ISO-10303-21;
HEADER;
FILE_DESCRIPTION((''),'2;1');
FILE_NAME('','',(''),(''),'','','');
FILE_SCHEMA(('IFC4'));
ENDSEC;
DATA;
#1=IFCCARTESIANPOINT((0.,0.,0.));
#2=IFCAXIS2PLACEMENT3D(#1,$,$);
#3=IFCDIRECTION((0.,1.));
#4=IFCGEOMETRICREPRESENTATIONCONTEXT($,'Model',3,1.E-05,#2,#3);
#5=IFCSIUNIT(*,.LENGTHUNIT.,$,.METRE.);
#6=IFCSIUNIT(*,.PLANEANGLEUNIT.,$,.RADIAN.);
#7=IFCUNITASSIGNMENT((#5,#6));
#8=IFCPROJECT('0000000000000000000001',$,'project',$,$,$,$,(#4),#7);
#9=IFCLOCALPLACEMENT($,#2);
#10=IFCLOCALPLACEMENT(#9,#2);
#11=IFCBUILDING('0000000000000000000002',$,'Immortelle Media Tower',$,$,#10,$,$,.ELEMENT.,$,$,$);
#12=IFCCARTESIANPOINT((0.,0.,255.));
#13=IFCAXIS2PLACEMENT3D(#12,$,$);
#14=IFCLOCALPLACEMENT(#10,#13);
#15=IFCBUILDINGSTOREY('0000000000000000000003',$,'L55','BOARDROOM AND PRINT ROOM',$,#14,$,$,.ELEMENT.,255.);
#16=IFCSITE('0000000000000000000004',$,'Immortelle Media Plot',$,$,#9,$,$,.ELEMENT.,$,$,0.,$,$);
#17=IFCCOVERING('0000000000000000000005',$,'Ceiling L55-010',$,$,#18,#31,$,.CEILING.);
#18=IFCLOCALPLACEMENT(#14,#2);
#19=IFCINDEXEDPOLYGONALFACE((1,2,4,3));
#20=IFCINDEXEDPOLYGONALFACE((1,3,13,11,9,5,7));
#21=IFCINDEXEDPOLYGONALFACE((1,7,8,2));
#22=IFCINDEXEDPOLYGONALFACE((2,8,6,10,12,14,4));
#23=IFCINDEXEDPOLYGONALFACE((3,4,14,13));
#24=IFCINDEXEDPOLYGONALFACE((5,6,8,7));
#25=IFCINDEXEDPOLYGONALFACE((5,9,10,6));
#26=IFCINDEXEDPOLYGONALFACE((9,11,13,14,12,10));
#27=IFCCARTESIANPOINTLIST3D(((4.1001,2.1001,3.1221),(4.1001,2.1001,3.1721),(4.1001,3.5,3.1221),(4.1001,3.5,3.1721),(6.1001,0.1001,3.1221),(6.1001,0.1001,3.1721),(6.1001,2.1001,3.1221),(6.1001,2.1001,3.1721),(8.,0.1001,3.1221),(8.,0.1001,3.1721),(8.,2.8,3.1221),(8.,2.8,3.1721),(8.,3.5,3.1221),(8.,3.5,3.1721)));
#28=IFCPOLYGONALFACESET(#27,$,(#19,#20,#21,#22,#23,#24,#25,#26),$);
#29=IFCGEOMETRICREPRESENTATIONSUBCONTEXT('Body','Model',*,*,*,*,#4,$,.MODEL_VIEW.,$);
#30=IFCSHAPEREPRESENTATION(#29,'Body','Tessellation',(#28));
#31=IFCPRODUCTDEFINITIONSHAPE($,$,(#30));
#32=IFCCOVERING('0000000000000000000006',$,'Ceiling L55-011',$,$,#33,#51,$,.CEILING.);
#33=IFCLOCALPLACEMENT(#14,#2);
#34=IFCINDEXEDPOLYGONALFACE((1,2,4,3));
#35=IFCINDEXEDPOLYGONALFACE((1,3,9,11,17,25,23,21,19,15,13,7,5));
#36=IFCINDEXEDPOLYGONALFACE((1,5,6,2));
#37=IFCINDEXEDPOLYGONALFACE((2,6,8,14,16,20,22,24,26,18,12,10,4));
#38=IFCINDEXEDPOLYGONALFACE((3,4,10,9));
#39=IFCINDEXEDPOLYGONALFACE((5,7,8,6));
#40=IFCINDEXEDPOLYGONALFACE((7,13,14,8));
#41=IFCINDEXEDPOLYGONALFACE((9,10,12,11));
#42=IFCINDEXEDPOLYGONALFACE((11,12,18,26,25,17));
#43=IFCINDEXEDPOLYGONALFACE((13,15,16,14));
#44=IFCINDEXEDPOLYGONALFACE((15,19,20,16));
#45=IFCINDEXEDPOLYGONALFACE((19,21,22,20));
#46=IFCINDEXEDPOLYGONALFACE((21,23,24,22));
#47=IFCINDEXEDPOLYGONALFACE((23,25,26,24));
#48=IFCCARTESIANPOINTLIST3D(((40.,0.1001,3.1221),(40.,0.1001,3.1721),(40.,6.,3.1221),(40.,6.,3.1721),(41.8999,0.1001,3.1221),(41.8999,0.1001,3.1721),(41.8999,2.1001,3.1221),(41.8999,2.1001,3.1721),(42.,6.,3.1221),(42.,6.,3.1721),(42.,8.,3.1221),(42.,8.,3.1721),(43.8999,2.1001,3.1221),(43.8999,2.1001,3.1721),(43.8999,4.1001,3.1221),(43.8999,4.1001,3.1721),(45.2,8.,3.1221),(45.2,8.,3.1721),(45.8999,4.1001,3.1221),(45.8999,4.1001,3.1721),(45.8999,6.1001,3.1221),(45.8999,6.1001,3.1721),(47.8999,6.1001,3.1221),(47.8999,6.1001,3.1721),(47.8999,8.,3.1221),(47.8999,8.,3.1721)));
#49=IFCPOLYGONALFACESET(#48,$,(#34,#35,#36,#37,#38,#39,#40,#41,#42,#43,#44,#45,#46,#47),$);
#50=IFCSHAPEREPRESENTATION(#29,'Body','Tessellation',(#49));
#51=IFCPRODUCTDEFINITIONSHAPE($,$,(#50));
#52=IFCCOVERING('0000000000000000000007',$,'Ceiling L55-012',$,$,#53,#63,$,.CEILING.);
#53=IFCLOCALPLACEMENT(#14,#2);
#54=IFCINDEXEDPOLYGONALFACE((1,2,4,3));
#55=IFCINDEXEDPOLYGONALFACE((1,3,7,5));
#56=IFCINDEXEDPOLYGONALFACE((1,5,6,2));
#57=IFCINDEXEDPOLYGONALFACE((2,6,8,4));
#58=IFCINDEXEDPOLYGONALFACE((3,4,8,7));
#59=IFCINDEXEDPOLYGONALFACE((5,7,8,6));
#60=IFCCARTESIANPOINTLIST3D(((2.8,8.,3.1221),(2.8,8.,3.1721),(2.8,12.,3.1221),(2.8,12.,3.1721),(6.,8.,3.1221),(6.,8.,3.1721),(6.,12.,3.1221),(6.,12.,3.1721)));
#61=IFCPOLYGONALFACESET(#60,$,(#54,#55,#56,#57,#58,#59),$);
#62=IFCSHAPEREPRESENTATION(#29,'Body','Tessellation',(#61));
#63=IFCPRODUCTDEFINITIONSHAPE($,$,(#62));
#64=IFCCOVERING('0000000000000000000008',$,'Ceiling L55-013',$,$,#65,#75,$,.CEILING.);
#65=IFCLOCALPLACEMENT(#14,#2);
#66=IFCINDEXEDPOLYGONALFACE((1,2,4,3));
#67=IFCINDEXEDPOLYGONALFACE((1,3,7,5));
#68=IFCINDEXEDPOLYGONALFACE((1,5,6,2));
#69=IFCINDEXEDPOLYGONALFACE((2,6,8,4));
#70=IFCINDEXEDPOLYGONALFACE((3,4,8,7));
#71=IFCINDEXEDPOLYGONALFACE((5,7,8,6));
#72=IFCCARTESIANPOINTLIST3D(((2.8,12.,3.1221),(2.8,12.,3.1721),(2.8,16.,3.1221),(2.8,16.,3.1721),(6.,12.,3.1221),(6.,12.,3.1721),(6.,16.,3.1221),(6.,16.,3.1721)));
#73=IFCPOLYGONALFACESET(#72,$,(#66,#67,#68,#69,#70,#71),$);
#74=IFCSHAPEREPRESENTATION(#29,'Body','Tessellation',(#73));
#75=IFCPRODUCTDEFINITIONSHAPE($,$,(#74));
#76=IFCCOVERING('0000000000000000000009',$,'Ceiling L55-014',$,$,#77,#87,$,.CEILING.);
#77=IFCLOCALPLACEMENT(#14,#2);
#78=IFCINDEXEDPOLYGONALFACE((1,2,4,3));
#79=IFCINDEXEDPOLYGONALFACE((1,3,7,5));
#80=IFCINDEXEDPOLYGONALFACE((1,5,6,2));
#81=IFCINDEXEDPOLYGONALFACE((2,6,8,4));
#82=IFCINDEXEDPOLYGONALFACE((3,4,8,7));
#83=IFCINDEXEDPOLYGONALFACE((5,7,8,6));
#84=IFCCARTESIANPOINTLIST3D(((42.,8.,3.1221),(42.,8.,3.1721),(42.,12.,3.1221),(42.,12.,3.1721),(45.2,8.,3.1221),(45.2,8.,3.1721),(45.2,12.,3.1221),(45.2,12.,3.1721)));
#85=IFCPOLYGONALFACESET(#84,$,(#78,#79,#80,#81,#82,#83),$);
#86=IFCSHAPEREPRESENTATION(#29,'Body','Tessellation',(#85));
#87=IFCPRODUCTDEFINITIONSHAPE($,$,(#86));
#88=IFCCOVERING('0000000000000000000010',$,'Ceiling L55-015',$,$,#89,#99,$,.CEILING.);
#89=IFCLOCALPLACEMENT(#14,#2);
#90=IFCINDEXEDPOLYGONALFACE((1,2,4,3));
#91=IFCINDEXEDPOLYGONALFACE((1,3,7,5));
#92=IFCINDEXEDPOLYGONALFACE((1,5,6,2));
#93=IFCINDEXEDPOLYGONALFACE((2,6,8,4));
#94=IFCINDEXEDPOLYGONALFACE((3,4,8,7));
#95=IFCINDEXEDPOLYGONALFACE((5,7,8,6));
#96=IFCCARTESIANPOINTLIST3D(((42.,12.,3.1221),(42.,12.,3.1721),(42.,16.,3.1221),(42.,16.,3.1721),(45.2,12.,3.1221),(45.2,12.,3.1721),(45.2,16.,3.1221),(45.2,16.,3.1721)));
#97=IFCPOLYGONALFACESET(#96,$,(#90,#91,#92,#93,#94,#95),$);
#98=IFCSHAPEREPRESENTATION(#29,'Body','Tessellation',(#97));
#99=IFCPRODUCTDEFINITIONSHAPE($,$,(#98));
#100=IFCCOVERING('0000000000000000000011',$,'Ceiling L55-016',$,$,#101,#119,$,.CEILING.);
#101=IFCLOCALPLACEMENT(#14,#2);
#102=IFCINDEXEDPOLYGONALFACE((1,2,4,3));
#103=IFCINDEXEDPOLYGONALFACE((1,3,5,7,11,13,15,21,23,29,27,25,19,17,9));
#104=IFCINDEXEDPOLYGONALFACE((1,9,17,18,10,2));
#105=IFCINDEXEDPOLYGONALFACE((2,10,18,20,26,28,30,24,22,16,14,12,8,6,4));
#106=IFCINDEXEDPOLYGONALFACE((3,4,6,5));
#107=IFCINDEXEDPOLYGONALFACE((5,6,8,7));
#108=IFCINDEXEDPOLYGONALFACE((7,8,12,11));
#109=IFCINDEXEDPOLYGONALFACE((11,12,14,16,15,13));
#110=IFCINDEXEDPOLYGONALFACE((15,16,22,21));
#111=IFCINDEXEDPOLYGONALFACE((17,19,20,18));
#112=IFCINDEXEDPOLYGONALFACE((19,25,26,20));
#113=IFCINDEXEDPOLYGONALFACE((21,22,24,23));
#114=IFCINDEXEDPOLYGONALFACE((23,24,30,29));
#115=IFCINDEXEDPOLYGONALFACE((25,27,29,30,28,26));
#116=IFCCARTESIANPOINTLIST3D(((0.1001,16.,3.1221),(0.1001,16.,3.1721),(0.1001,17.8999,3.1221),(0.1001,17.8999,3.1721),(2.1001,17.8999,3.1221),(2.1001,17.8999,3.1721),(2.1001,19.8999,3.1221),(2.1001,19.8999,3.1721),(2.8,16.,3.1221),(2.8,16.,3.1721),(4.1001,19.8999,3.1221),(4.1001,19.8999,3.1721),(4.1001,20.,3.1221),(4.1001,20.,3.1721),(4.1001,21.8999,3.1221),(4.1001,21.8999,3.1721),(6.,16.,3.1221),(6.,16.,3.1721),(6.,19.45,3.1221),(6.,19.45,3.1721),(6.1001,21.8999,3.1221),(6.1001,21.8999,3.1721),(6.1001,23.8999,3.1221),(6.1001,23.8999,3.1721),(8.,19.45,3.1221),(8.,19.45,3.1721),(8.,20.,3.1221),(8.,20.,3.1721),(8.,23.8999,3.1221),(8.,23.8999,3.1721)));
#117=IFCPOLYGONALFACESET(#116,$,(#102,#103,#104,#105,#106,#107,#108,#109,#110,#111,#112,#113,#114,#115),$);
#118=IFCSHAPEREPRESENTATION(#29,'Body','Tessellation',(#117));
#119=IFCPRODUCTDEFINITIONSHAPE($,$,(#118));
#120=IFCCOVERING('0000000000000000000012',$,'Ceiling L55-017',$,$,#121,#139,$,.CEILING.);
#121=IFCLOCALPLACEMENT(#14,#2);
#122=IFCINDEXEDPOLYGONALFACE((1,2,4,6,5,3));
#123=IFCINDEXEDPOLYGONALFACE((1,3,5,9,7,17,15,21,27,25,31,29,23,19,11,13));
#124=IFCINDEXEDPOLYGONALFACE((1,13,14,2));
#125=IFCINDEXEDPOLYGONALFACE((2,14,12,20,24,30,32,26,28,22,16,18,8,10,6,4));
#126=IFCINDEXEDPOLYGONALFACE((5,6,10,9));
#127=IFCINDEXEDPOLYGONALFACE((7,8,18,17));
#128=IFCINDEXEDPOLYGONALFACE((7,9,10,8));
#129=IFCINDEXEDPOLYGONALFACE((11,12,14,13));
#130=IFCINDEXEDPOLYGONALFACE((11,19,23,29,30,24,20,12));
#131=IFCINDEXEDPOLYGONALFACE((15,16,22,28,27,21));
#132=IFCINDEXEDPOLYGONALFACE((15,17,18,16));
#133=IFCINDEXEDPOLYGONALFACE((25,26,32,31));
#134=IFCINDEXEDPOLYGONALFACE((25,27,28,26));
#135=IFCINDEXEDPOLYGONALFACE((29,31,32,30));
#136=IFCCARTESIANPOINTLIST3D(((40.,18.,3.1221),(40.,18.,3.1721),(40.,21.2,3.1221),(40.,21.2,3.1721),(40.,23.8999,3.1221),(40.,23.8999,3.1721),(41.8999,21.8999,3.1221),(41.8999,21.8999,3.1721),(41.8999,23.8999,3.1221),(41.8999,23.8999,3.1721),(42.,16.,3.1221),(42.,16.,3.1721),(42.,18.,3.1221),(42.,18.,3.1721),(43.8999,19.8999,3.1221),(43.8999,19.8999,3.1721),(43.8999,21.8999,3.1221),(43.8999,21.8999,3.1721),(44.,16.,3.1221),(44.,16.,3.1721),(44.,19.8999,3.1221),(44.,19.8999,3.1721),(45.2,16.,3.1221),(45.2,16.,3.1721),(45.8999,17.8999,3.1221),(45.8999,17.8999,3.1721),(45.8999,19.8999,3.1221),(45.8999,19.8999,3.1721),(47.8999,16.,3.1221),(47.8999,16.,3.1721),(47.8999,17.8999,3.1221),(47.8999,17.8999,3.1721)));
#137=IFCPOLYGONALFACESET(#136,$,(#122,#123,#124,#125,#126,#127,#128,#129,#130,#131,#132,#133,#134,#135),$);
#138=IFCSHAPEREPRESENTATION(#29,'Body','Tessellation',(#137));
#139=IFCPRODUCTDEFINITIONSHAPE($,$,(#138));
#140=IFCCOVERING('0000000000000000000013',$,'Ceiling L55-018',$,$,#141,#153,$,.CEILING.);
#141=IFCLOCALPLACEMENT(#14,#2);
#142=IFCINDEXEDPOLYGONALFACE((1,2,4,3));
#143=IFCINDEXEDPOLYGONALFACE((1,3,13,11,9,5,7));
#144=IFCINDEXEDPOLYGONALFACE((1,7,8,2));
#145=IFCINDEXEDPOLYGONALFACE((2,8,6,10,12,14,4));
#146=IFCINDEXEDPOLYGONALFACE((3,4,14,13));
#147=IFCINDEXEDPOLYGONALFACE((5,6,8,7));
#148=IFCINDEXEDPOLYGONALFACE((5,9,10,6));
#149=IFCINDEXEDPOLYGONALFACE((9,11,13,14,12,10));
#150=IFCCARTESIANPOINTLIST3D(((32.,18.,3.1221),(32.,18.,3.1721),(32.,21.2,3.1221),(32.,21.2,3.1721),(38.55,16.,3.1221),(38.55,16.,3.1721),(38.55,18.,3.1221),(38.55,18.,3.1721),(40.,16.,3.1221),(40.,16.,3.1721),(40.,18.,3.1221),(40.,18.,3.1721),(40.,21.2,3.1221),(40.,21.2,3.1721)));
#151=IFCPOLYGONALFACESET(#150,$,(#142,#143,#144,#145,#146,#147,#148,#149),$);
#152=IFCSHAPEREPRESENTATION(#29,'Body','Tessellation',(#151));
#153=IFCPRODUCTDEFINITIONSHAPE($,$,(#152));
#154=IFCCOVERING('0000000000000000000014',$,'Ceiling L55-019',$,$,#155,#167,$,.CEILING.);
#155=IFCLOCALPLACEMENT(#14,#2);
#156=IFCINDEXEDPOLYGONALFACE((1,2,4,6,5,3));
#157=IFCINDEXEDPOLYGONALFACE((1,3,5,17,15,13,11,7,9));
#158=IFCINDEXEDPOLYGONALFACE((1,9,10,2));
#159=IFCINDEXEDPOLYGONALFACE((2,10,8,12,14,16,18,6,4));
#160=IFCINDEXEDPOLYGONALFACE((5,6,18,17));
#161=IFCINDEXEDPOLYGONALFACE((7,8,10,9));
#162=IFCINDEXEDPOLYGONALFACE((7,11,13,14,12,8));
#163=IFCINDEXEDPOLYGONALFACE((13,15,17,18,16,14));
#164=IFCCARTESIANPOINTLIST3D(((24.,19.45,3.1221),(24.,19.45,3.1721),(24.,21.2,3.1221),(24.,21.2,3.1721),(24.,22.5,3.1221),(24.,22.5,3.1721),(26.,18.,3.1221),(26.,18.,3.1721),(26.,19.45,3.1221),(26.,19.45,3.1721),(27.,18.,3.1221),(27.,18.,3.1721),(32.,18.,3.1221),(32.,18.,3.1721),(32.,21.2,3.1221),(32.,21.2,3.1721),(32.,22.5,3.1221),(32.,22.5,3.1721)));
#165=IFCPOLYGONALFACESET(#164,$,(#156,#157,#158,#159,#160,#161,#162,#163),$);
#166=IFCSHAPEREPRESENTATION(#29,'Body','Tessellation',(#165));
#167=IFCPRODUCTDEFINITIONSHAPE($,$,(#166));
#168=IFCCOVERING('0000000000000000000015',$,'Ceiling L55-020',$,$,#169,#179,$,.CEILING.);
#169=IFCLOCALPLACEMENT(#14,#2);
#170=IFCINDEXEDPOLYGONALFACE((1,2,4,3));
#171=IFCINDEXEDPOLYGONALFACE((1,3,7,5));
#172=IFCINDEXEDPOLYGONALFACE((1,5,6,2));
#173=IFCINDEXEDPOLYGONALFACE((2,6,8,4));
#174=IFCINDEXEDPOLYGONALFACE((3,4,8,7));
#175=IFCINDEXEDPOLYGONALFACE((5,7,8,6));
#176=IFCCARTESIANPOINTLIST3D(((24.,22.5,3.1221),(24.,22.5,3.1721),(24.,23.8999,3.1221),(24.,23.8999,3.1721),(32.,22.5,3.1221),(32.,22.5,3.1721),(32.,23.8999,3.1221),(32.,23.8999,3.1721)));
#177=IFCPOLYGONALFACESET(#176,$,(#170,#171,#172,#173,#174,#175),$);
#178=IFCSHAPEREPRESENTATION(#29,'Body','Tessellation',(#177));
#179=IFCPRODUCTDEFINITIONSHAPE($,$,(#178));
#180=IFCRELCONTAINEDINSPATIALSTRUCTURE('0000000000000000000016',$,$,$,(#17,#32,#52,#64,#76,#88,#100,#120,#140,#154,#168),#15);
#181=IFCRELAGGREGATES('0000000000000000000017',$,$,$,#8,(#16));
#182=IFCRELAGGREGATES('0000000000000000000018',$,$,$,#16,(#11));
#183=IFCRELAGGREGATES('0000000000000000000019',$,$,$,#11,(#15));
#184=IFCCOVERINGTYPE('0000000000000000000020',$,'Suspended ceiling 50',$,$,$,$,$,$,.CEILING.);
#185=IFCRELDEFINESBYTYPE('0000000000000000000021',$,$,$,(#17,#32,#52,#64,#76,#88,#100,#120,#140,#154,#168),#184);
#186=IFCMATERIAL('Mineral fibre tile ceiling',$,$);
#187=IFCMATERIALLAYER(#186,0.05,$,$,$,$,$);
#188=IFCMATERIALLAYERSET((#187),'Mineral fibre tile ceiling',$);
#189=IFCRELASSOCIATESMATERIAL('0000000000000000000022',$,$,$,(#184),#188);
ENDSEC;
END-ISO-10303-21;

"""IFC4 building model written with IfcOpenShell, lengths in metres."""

from ifc_helpers import new_model, si_unit, direction, frame, origin, place, context, subcontext, project, spatial, polyline, outline, extrude, material, layer, layer_set, type_object, element, save


model = new_model("IFC4")

# Units and contexts
model_context = context("Model", 3, precision=1e-05, world=origin(), true_north=direction((0.0, 1.0)))
body_context = subcontext(model_context, "Body", "Model", "MODEL_VIEW")
ifc_project = project(units=[si_unit("LENGTHUNIT", "METRE"), si_unit("PLANEANGLEUNIT", "RADIAN")], contexts=[model_context])

# Site, building, storey
site_placement = place(None, origin())
site = spatial("IfcSite", under=ifc_project, at=site_placement, Name="Immortelle Media Plot", CompositionType="ELEMENT", RefElevation=0.0)
building_placement = place(site_placement, origin())
building = spatial("IfcBuilding", under=site, at=building_placement, Name="Immortelle Media Tower", CompositionType="ELEMENT")
storey_placement = place(building_placement, frame((0.0, 0.0, 255.0)))
storey = spatial("IfcBuildingStorey", under=building, at=storey_placement, Name="L55", Description="BOARDROOM AND PRINT ROOM", CompositionType="ELEMENT", Elevation=255.0)

# Coverings
ifc_material_1 = material(Name="Mineral fibre tile ceiling")
ifc_layer_1 = layer(ifc_material_1, 0.05)
ifc_layer_set_1 = layer_set([ifc_layer_1], Name="Mineral fibre tile ceiling")
covering_type = type_object("IfcCoveringType", Name="Suspended ceiling 50", PredefinedType="CEILING", material=ifc_layer_set_1)
covering_1_placement = place(storey_placement, frame((0.0, 0.0, 3.1221)))
element("IfcCovering", 1, at=covering_1_placement, inside=storey, type_object=covering_type, Name="Ceiling L55-010", PredefinedType="CEILING", context=body_context, shape_type="SweptSolid", body=[
    extrude(outline(polyline([(4.1001, 3.5), (8.0, 3.5), (8.0, 2.8), (8.0, 0.1001), (6.1001, 0.1001), (6.1001, 2.1001), (4.1001, 2.1001), (4.1001, 3.5)])), origin(), (0.0, 0.0, 1.0), 0.05),
])
covering_2_placement = place(storey_placement, frame((0.0, 0.0, 3.1221)))
element("IfcCovering", 2, at=covering_2_placement, inside=storey, type_object=covering_type, Name="Ceiling L55-011", PredefinedType="CEILING", context=body_context, shape_type="SweptSolid", body=[
    extrude(outline(polyline([(45.8999, 6.1001), (45.8999, 4.1001), (43.8999, 4.1001), (43.8999, 2.1001), (41.8999, 2.1001), (41.8999, 0.1001), (40.0, 0.1001), (40.0, 6.0), (42.0, 6.0), (42.0, 8.0), (45.2, 8.0), (47.8999, 8.0), (47.8999, 6.1001), (45.8999, 6.1001)])), origin(), (0.0, 0.0, 1.0), 0.05),
])
covering_3_placement = place(storey_placement, frame((0.0, 0.0, 3.1221)))
element("IfcCovering", 3, at=covering_3_placement, inside=storey, type_object=covering_type, Name="Ceiling L55-012", PredefinedType="CEILING", context=body_context, shape_type="SweptSolid", body=[
    extrude(outline(polyline([(2.8, 8.0), (2.8, 12.0), (6.0, 12.0), (6.0, 8.0), (2.8, 8.0)])), origin(), (0.0, 0.0, 1.0), 0.05),
])
covering_4_placement = place(storey_placement, frame((0.0, 0.0, 3.1221)))
element("IfcCovering", 4, at=covering_4_placement, inside=storey, type_object=covering_type, Name="Ceiling L55-013", PredefinedType="CEILING", context=body_context, shape_type="SweptSolid", body=[
    extrude(outline(polyline([(2.8, 16.0), (6.0, 16.0), (6.0, 12.0), (2.8, 12.0), (2.8, 16.0)])), origin(), (0.0, 0.0, 1.0), 0.05),
])
covering_5_placement = place(storey_placement, frame((0.0, 0.0, 3.1221)))
element("IfcCovering", 5, at=covering_5_placement, inside=storey, type_object=covering_type, Name="Ceiling L55-014", PredefinedType="CEILING", context=body_context, shape_type="SweptSolid", body=[
    extrude(outline(polyline([(42.0, 8.0), (42.0, 12.0), (45.2, 12.0), (45.2, 8.0), (42.0, 8.0)])), origin(), (0.0, 0.0, 1.0), 0.05),
])
covering_6_placement = place(storey_placement, frame((0.0, 0.0, 3.1221)))
element("IfcCovering", 6, at=covering_6_placement, inside=storey, type_object=covering_type, Name="Ceiling L55-015", PredefinedType="CEILING", context=body_context, shape_type="SweptSolid", body=[
    extrude(outline(polyline([(42.0, 16.0), (45.2, 16.0), (45.2, 12.0), (42.0, 12.0), (42.0, 16.0)])), origin(), (0.0, 0.0, 1.0), 0.05),
])
covering_7_placement = place(storey_placement, frame((0.0, 0.0, 3.1221)))
element("IfcCovering", 7, at=covering_7_placement, inside=storey, type_object=covering_type, Name="Ceiling L55-016", PredefinedType="CEILING", context=body_context, shape_type="SweptSolid", body=[
    extrude(outline(polyline([(2.8, 16.0), (0.1001, 16.0), (0.1001, 17.8999), (2.1001, 17.8999), (2.1001, 19.8999), (4.1001, 19.8999), (4.1001, 20.0), (4.1001, 21.8999), (6.1001, 21.8999), (6.1001, 23.8999), (8.0, 23.8999), (8.0, 20.0), (8.0, 19.45), (6.0, 19.45), (6.0, 16.0), (2.8, 16.0)])), origin(), (0.0, 0.0, 1.0), 0.05),
])
covering_8_placement = place(storey_placement, frame((0.0, 0.0, 3.1221)))
element("IfcCovering", 8, at=covering_8_placement, inside=storey, type_object=covering_type, Name="Ceiling L55-017", PredefinedType="CEILING", context=body_context, shape_type="SweptSolid", body=[
    extrude(outline(polyline([(45.8999, 19.8999), (45.8999, 17.8999), (47.8999, 17.8999), (47.8999, 16.0), (45.2, 16.0), (44.0, 16.0), (42.0, 16.0), (42.0, 18.0), (40.0, 18.0), (40.0, 21.2), (40.0, 23.8999), (41.8999, 23.8999), (41.8999, 21.8999), (43.8999, 21.8999), (43.8999, 19.8999), (44.0, 19.8999), (45.8999, 19.8999)])), origin(), (0.0, 0.0, 1.0), 0.05),
])
covering_9_placement = place(storey_placement, frame((0.0, 0.0, 3.1221)))
element("IfcCovering", 9, at=covering_9_placement, inside=storey, type_object=covering_type, Name="Ceiling L55-018", PredefinedType="CEILING", context=body_context, shape_type="SweptSolid", body=[
    extrude(outline(polyline([(38.55, 16.0), (38.55, 18.0), (32.0, 18.0), (32.0, 21.2), (40.0, 21.2), (40.0, 18.0), (40.0, 16.0), (38.55, 16.0)])), origin(), (0.0, 0.0, 1.0), 0.05),
])
covering_10_placement = place(storey_placement, frame((0.0, 0.0, 3.1221)))
element("IfcCovering", 10, at=covering_10_placement, inside=storey, type_object=covering_type, Name="Ceiling L55-019", PredefinedType="CEILING", context=body_context, shape_type="SweptSolid", body=[
    extrude(outline(polyline([(26.0, 18.0), (26.0, 19.45), (24.0, 19.45), (24.0, 21.2), (24.0, 22.5), (32.0, 22.5), (32.0, 21.2), (32.0, 18.0), (27.0, 18.0), (26.0, 18.0)])), origin(), (0.0, 0.0, 1.0), 0.05),
])
covering_11_placement = place(storey_placement, frame((0.0, 0.0, 3.1221)))
element("IfcCovering", 11, at=covering_11_placement, inside=storey, type_object=covering_type, Name="Ceiling L55-020", PredefinedType="CEILING", context=body_context, shape_type="SweptSolid", body=[
    extrude(outline(polyline([(24.0, 23.8999), (32.0, 23.8999), (32.0, 22.5), (24.0, 22.5), (24.0, 23.8999)])), origin(), (0.0, 0.0, 1.0), 0.05),
])

save(model, "model.ifc")
